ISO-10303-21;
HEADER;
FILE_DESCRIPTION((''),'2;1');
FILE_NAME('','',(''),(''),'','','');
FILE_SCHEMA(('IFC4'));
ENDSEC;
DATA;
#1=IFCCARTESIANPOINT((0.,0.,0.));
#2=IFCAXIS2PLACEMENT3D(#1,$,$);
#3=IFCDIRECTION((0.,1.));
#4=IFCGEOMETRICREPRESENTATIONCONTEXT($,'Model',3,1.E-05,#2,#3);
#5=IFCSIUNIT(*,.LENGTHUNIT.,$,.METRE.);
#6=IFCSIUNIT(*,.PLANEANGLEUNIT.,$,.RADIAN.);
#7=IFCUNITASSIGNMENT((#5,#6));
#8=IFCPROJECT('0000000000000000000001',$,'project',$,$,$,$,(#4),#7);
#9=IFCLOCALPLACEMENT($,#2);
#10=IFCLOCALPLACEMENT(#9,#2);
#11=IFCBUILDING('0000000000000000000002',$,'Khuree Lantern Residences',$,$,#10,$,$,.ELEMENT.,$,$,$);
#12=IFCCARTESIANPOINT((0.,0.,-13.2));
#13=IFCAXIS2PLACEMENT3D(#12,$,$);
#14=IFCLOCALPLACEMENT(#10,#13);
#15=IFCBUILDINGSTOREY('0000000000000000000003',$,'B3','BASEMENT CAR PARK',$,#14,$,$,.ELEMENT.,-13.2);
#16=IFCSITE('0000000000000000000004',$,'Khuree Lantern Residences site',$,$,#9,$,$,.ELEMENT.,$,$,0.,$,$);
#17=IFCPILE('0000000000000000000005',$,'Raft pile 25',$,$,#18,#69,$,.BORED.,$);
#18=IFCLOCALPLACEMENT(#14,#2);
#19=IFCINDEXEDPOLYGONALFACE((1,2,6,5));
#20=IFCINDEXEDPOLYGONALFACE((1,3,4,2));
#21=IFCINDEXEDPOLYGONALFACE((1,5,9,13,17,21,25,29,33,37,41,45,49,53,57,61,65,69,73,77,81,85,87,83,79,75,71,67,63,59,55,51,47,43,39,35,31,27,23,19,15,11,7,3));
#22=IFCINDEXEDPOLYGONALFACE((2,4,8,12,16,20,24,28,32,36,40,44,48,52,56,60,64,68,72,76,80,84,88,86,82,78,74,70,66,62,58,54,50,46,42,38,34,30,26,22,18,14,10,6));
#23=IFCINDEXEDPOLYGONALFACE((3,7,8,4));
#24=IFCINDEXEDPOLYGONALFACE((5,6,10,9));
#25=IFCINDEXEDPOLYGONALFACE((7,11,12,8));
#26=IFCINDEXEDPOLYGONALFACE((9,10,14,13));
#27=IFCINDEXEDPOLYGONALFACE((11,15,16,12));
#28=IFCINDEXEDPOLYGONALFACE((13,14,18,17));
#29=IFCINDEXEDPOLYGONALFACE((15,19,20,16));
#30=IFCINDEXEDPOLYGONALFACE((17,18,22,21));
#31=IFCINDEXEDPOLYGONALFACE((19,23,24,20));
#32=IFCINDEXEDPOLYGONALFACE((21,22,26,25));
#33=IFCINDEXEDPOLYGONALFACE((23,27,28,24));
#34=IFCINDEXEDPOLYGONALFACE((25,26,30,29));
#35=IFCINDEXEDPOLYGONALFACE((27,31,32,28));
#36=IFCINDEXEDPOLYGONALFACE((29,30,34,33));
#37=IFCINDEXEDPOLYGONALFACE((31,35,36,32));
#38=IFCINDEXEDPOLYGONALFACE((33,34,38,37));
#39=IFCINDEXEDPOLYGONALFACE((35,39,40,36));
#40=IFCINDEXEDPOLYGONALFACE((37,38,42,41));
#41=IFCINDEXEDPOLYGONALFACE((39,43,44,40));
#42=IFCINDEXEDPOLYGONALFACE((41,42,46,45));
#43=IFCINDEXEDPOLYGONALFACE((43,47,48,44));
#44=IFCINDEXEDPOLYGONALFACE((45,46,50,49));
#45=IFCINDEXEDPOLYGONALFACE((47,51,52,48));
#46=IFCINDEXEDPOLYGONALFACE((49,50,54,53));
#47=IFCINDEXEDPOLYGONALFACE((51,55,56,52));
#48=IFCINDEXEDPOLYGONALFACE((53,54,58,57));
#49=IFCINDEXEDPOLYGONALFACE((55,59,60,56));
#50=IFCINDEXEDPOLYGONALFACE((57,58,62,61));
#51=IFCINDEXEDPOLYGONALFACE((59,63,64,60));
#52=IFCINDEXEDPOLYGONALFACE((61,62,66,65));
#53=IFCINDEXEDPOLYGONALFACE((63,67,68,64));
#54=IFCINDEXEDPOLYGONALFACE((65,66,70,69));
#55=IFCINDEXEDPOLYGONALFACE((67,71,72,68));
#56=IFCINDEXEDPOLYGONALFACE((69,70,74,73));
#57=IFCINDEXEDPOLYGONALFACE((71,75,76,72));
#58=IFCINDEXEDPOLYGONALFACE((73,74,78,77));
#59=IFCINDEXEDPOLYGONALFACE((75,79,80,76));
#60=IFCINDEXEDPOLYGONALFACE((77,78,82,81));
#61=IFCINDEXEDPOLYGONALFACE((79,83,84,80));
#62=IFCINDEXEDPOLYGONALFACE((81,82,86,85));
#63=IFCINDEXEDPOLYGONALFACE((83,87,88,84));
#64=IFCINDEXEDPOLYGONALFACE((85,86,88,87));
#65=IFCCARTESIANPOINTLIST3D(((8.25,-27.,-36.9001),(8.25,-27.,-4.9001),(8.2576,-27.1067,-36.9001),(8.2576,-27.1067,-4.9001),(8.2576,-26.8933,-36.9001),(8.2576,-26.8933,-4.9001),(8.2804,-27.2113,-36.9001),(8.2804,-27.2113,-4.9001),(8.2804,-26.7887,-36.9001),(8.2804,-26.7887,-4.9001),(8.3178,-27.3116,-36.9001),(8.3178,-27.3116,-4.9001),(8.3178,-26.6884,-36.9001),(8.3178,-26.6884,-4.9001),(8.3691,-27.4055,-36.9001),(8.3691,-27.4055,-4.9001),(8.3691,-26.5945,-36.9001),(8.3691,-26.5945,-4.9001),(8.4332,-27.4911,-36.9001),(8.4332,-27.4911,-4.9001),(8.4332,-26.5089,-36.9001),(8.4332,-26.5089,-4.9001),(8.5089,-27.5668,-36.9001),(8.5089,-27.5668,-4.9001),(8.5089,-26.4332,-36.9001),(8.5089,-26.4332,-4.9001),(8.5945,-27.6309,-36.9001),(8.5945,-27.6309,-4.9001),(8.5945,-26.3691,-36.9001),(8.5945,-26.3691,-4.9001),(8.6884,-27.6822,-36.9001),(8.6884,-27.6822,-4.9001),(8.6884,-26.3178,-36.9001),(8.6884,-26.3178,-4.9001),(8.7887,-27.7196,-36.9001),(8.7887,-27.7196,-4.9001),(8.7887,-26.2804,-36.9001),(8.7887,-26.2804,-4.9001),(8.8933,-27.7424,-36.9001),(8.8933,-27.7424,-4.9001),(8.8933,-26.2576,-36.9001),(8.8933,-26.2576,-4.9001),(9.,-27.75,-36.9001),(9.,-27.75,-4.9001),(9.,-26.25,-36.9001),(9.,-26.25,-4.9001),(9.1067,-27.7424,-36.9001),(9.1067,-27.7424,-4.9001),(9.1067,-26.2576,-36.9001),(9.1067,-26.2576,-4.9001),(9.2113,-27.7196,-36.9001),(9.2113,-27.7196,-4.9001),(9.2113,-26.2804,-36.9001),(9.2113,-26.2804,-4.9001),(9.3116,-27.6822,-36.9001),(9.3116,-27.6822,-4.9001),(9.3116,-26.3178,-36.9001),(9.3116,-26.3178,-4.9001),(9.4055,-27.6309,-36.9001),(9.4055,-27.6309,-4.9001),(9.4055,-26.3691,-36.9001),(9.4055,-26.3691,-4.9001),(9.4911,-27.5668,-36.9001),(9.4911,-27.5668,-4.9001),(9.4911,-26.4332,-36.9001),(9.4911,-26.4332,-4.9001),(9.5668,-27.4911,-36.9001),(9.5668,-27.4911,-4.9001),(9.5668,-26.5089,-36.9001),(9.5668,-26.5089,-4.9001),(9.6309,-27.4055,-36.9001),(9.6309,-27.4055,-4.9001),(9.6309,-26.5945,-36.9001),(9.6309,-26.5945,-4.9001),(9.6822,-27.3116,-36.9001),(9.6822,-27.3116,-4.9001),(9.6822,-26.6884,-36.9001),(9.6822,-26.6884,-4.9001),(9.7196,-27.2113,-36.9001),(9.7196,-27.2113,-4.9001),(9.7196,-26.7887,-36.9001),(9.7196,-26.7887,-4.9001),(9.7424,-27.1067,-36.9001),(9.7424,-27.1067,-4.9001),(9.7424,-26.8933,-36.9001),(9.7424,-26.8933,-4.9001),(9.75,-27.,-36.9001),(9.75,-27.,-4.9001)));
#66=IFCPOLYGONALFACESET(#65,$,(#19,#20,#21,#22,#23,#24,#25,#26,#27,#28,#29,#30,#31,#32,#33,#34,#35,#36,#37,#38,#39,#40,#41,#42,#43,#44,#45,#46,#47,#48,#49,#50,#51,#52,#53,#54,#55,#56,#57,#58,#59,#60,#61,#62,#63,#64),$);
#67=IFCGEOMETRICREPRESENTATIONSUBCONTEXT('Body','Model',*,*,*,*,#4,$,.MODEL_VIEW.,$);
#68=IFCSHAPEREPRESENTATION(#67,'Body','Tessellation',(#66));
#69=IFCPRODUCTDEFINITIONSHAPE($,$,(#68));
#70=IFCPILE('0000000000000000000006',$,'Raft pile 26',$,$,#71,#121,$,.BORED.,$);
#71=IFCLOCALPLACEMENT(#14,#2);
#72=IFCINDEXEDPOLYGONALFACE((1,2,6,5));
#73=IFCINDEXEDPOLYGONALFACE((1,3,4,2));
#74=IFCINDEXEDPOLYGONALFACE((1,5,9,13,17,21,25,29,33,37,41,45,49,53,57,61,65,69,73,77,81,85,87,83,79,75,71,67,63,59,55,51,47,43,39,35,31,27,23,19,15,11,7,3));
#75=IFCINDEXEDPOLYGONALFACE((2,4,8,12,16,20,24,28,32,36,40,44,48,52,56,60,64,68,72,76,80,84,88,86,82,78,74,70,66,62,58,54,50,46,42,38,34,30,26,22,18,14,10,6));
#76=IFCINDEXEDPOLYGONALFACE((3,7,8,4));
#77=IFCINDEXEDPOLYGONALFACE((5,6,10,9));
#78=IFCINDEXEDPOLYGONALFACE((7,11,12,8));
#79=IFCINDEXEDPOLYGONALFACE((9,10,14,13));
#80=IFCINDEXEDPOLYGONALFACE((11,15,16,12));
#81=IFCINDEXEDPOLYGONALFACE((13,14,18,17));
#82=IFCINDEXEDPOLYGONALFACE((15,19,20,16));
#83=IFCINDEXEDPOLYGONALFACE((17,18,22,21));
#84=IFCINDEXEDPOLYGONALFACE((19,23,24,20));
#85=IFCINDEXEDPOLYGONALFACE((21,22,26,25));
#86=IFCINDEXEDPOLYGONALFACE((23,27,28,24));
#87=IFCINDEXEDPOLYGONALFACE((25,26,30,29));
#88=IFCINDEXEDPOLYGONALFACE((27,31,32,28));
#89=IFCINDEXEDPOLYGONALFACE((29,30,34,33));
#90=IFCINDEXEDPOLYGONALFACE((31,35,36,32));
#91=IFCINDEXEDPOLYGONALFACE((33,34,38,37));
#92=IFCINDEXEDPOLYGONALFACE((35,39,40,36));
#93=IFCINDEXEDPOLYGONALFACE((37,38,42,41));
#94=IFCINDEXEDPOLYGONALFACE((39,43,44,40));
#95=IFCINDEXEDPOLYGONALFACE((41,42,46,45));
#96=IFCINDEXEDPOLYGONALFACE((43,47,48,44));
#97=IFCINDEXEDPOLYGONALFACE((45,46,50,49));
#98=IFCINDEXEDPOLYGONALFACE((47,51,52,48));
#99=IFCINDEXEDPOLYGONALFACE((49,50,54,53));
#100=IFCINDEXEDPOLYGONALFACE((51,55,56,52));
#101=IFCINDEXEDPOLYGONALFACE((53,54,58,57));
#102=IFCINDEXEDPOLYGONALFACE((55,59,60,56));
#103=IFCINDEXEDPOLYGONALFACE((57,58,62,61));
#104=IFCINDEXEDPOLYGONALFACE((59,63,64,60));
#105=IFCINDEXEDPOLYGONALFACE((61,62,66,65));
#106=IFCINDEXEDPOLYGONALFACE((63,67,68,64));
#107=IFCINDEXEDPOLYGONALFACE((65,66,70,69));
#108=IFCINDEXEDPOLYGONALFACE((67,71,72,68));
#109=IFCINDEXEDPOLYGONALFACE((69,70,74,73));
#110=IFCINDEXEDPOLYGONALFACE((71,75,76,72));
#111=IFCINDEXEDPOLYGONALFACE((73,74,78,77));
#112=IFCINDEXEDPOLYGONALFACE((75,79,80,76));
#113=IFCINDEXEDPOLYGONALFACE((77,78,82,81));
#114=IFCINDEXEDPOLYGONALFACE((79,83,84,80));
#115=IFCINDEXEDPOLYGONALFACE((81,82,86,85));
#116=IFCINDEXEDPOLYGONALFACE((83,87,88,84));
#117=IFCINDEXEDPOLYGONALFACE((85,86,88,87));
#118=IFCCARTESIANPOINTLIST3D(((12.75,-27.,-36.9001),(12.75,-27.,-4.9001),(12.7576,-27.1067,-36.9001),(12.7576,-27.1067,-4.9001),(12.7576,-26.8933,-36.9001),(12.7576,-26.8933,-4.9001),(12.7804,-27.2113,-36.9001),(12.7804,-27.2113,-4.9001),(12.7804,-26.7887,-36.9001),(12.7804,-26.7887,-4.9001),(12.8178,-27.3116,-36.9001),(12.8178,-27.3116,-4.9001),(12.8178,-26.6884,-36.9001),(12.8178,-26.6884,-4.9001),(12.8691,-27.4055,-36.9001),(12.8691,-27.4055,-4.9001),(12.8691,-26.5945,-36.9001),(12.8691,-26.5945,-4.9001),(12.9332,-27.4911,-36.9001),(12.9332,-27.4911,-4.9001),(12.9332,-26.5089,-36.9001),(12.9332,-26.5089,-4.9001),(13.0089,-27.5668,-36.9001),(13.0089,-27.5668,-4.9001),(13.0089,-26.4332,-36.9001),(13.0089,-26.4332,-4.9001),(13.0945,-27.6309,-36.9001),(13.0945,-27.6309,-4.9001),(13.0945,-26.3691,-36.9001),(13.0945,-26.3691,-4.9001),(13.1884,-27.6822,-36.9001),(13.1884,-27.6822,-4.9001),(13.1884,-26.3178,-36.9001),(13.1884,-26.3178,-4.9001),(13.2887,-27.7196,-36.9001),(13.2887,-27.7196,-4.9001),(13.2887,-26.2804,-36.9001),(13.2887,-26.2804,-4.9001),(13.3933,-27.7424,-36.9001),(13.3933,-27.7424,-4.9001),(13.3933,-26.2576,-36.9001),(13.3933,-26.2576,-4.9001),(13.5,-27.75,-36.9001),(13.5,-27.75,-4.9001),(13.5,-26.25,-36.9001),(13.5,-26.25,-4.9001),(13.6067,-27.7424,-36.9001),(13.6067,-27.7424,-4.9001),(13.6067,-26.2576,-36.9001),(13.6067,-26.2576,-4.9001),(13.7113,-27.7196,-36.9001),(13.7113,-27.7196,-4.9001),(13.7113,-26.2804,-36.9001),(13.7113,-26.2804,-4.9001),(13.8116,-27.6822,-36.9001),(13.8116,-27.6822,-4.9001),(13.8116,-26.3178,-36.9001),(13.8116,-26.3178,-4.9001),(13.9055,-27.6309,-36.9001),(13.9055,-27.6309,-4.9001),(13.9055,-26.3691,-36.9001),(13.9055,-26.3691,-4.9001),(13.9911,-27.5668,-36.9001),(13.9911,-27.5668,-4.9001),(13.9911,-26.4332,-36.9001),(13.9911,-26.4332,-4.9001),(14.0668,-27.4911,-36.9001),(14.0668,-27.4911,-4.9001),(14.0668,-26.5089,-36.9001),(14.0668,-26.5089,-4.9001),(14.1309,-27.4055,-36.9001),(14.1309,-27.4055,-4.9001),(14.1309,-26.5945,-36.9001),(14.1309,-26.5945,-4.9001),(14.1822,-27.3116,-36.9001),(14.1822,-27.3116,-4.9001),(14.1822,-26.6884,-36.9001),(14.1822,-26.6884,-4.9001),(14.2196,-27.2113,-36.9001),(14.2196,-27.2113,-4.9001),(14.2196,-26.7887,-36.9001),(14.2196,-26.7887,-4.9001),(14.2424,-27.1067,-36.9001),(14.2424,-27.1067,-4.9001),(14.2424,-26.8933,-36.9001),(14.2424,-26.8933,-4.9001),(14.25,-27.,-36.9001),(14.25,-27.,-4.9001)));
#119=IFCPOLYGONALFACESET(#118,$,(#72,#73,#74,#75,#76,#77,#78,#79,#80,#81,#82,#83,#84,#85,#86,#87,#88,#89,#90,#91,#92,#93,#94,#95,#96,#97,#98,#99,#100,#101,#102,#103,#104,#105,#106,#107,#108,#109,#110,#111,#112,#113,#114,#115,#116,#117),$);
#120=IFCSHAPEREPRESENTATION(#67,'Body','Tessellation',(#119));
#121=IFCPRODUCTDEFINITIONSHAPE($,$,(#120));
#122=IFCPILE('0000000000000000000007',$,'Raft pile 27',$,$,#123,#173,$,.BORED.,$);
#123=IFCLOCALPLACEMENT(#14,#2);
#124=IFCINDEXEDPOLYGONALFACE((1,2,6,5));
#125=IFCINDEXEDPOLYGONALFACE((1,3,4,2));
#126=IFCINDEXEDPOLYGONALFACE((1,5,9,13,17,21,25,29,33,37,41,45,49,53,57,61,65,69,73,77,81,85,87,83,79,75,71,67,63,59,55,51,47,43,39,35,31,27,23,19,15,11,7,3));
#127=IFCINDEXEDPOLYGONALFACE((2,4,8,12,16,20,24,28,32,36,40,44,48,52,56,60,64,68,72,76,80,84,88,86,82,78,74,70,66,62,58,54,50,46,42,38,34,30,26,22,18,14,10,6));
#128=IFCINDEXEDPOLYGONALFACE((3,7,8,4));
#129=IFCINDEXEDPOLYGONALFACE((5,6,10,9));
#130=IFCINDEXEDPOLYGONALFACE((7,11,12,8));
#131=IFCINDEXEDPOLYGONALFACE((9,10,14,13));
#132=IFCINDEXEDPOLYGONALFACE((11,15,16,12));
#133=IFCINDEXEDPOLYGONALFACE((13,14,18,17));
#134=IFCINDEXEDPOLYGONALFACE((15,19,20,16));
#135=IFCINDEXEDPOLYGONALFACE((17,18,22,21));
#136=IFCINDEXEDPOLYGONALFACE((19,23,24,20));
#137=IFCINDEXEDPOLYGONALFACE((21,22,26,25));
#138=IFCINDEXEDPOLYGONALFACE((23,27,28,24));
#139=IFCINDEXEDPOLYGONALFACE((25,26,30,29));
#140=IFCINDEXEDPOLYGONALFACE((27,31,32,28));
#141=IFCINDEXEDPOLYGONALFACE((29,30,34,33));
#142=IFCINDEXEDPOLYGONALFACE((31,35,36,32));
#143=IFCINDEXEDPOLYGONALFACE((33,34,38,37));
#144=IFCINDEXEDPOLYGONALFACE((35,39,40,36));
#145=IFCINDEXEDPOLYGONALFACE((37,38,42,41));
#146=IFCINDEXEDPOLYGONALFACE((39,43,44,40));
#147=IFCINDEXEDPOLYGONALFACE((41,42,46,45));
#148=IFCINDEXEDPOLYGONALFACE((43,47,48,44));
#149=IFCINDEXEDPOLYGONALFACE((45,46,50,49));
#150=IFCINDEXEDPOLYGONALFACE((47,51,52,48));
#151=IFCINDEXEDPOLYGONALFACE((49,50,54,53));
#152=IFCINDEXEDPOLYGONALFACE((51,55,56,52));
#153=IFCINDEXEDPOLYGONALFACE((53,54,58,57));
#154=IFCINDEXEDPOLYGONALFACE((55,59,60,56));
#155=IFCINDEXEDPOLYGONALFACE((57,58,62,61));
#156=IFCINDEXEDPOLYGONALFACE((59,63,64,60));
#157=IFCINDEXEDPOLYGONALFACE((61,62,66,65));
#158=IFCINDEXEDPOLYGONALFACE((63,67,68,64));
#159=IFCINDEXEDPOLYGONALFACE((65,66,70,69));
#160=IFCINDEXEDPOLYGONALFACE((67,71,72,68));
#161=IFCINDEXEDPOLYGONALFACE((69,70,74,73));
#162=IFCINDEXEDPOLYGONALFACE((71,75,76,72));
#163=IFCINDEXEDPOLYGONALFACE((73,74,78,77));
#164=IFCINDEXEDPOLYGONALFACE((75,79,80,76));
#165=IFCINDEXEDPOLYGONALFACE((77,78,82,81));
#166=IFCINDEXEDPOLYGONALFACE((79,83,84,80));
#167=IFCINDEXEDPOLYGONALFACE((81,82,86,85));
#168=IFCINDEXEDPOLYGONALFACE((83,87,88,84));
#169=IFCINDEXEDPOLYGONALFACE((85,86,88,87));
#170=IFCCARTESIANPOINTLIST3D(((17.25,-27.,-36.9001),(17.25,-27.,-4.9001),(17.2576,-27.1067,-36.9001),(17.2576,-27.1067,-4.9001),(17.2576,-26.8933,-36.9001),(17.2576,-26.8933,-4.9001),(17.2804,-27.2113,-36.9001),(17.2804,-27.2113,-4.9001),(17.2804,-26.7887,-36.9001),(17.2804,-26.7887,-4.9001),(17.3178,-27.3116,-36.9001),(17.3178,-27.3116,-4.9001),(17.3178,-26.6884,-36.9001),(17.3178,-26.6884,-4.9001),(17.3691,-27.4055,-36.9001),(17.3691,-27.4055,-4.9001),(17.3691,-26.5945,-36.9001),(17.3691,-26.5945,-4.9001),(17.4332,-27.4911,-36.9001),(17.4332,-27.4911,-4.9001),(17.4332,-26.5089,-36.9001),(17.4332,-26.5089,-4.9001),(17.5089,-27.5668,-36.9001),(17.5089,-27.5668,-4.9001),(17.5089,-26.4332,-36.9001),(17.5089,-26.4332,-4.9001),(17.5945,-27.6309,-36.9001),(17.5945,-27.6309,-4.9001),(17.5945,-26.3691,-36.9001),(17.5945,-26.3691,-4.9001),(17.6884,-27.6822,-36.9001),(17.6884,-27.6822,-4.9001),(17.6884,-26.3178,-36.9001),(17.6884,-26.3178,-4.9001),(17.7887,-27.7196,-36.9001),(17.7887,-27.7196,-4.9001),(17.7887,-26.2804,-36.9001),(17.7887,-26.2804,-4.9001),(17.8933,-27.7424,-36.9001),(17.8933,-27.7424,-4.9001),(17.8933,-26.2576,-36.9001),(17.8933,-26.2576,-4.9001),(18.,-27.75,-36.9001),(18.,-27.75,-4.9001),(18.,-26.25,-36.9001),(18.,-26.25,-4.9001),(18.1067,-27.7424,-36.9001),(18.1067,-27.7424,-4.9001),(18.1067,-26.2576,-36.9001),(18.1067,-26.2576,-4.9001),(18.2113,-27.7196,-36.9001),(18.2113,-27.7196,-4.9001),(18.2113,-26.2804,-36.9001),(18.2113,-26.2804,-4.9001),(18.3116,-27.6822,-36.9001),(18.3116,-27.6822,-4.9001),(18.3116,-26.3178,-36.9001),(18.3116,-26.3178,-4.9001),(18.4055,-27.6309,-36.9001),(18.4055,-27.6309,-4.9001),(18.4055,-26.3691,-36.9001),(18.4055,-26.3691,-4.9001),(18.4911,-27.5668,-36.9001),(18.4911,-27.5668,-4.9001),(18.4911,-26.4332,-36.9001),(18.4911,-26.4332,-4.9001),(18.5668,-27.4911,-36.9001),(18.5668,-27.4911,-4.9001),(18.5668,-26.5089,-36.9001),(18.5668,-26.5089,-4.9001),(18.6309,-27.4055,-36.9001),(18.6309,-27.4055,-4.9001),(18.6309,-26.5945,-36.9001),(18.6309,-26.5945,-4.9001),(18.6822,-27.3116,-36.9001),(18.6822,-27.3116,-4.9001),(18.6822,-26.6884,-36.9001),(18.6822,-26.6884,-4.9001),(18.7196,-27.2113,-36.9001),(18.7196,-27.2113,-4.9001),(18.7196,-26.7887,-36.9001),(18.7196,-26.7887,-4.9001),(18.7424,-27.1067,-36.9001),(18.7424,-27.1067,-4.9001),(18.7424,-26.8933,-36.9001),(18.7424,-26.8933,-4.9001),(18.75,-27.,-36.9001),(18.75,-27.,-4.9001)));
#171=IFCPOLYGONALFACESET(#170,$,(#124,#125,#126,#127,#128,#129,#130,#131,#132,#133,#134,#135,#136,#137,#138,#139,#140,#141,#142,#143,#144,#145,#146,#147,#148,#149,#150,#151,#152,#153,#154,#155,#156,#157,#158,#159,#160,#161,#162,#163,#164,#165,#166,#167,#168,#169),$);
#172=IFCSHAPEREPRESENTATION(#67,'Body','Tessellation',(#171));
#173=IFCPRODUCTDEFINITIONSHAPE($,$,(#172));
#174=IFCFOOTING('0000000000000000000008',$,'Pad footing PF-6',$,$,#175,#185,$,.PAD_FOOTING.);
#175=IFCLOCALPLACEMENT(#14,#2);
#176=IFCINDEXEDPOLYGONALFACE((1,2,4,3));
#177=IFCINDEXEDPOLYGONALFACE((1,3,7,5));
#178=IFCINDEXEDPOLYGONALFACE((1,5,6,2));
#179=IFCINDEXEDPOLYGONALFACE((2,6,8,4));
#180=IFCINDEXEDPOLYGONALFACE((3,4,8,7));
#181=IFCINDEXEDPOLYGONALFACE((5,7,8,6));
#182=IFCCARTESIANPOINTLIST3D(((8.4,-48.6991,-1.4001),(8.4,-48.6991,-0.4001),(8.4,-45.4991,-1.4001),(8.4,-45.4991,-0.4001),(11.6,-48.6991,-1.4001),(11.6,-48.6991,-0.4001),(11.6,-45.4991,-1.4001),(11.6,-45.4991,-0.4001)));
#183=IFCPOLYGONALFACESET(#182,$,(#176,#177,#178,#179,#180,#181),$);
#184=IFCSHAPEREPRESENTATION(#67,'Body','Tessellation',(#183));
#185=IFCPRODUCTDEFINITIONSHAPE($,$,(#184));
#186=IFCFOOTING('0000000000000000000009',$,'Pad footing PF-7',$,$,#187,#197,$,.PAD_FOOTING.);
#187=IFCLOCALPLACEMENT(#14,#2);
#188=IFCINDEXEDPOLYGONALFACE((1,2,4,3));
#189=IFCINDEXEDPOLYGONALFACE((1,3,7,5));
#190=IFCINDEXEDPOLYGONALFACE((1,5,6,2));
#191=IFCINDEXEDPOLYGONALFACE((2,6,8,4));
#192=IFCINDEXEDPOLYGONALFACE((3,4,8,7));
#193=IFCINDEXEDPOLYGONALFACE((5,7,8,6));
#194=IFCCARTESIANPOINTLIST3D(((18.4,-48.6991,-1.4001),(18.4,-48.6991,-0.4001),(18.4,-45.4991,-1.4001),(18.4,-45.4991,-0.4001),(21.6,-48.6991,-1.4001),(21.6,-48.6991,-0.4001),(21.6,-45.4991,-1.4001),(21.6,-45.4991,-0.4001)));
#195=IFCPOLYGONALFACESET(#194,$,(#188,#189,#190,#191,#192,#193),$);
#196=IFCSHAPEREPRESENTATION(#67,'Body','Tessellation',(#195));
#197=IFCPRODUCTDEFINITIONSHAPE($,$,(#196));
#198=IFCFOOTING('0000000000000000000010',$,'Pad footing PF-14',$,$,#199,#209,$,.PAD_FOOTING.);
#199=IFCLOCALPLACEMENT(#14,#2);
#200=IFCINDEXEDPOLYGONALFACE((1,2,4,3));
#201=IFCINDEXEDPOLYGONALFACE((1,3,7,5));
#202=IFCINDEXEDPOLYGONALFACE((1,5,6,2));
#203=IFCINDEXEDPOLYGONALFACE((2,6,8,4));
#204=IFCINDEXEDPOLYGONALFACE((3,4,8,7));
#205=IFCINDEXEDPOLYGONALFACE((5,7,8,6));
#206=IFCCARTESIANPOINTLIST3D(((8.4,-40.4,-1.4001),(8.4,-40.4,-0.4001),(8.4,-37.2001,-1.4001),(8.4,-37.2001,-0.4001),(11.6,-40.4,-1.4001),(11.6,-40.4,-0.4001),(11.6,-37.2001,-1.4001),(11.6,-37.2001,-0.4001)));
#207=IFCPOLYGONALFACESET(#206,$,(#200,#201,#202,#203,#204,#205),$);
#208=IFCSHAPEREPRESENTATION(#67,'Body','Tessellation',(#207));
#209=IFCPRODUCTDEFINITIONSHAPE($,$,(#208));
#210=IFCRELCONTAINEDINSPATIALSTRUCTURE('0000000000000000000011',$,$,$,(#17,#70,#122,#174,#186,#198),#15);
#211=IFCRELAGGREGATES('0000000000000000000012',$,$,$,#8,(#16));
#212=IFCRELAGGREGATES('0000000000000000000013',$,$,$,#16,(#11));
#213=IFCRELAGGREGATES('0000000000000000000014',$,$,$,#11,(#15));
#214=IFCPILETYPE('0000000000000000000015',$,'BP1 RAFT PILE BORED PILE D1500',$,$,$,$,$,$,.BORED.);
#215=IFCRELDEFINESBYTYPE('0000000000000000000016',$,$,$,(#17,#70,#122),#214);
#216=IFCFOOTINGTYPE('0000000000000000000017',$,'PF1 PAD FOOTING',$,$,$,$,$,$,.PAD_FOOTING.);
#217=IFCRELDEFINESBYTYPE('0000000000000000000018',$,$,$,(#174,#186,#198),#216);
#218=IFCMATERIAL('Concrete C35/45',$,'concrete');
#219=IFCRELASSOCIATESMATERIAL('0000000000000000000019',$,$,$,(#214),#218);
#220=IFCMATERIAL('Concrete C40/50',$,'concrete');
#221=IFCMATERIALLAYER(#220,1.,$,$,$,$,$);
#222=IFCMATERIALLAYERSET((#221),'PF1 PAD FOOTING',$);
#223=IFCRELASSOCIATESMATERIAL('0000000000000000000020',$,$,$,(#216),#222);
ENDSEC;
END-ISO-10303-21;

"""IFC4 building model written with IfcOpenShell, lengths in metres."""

from ifc_helpers import new_model, si_unit, direction, frame, origin, origin_2d, place, context, subcontext, project, spatial, rectangle, circle, extrude, material, layer, layer_set, material_profile, profile_set, type_object, element, save


model = new_model("IFC4")

# Units and contexts
model_context = context("Model", 3, precision=1e-05, world=origin(), true_north=direction((0.0, 1.0)))
body_context = subcontext(model_context, "Body", "Model", "MODEL_VIEW")
ifc_project = project(units=[si_unit("LENGTHUNIT", "METRE"), si_unit("PLANEANGLEUNIT", "RADIAN")], contexts=[model_context])

# Site, building, storey
site_placement = place(None, origin())
site = spatial("IfcSite", under=ifc_project, at=site_placement, Name="Khuree Lantern Residences site", CompositionType="ELEMENT", RefElevation=0.0)
building_placement = place(site_placement, origin())
building = spatial("IfcBuilding", under=site, at=building_placement, Name="Khuree Lantern Residences", CompositionType="ELEMENT")
storey_placement = place(building_placement, frame((0.0, 0.0, -13.2)))
storey = spatial("IfcBuildingStorey", under=building, at=storey_placement, Name="B3", Description="BASEMENT CAR PARK", CompositionType="ELEMENT", Elevation=-13.2)

# Piles
ifc_material_1 = material(Name="Concrete C35/45", Category="concrete")
ifc_material_profile_1 = material_profile(ifc_material_1, circle(Radius=0.75, at=origin_2d()), Name="BORED PILE D1500")
ifc_profile_set_1 = profile_set([ifc_material_profile_1], Name="Concrete C35/45")
pile_type = type_object("IfcPileType", Name="BP1 RAFT PILE BORED PILE D1500", PredefinedType="BORED", material=ifc_profile_set_1)
for number, where, z_axis, x_axis, name in (
    (1, (9.0, -27.0, -4.9001), (0.0, 0.0, -1.0), (1.0, 0.0, 0.0), "Raft pile 25"),
    (2, (13.5, -27.0, -4.9001), (0.0, 0.0, -1.0), (1.0, 0.0, 0.0), "Raft pile 26"),
    (3, (18.0, -27.0, -4.9001), (0.0, 0.0, -1.0), (1.0, 0.0, 0.0), "Raft pile 27"),
):
    element("IfcPile", number, at=place(storey_placement, frame(where, z_axis=z_axis, x_axis=x_axis)), inside=storey, type_object=pile_type, Name=name, PredefinedType="BORED", context=body_context, shape_type="SweptSolid", body=[
        extrude(circle(Radius=0.75, at=origin_2d()), origin(), (0.0, 0.0, 1.0), 32.0),
    ])

# Footings
ifc_material_2 = material(Name="Concrete C40/50", Category="concrete")
ifc_layer = layer(ifc_material_2, 1.0)
ifc_layer_set = layer_set([ifc_layer], Name="PF1 PAD FOOTING")
footing_type = type_object("IfcFootingType", Name="PF1 PAD FOOTING", PredefinedType="PAD_FOOTING", material=ifc_layer_set)
for number, where, z_axis, x_axis, name in (
    (4, (10.0, -47.0991, -1.4001), (0.0, 0.0, 1.0), (1.0, 0.0, 0.0), "Pad footing PF-6"),
    (5, (20.0, -47.0991, -1.4001), (0.0, 0.0, 1.0), (1.0, 0.0, 0.0), "Pad footing PF-7"),
    (6, (10.0, -38.8, -1.4001), (0.0, 0.0, 1.0), (1.0, 0.0, 0.0), "Pad footing PF-14"),
):
    element("IfcFooting", number, at=place(storey_placement, frame(where, z_axis=z_axis, x_axis=x_axis)), inside=storey, type_object=footing_type, Name=name, PredefinedType="PAD_FOOTING", context=body_context, shape_type="SweptSolid", body=[
        extrude(rectangle(XDim=3.2, YDim=3.2, at=origin_2d()), origin(), (0.0, 0.0, 1.0), 1.0),
    ])

save(model, "model.ifc")
